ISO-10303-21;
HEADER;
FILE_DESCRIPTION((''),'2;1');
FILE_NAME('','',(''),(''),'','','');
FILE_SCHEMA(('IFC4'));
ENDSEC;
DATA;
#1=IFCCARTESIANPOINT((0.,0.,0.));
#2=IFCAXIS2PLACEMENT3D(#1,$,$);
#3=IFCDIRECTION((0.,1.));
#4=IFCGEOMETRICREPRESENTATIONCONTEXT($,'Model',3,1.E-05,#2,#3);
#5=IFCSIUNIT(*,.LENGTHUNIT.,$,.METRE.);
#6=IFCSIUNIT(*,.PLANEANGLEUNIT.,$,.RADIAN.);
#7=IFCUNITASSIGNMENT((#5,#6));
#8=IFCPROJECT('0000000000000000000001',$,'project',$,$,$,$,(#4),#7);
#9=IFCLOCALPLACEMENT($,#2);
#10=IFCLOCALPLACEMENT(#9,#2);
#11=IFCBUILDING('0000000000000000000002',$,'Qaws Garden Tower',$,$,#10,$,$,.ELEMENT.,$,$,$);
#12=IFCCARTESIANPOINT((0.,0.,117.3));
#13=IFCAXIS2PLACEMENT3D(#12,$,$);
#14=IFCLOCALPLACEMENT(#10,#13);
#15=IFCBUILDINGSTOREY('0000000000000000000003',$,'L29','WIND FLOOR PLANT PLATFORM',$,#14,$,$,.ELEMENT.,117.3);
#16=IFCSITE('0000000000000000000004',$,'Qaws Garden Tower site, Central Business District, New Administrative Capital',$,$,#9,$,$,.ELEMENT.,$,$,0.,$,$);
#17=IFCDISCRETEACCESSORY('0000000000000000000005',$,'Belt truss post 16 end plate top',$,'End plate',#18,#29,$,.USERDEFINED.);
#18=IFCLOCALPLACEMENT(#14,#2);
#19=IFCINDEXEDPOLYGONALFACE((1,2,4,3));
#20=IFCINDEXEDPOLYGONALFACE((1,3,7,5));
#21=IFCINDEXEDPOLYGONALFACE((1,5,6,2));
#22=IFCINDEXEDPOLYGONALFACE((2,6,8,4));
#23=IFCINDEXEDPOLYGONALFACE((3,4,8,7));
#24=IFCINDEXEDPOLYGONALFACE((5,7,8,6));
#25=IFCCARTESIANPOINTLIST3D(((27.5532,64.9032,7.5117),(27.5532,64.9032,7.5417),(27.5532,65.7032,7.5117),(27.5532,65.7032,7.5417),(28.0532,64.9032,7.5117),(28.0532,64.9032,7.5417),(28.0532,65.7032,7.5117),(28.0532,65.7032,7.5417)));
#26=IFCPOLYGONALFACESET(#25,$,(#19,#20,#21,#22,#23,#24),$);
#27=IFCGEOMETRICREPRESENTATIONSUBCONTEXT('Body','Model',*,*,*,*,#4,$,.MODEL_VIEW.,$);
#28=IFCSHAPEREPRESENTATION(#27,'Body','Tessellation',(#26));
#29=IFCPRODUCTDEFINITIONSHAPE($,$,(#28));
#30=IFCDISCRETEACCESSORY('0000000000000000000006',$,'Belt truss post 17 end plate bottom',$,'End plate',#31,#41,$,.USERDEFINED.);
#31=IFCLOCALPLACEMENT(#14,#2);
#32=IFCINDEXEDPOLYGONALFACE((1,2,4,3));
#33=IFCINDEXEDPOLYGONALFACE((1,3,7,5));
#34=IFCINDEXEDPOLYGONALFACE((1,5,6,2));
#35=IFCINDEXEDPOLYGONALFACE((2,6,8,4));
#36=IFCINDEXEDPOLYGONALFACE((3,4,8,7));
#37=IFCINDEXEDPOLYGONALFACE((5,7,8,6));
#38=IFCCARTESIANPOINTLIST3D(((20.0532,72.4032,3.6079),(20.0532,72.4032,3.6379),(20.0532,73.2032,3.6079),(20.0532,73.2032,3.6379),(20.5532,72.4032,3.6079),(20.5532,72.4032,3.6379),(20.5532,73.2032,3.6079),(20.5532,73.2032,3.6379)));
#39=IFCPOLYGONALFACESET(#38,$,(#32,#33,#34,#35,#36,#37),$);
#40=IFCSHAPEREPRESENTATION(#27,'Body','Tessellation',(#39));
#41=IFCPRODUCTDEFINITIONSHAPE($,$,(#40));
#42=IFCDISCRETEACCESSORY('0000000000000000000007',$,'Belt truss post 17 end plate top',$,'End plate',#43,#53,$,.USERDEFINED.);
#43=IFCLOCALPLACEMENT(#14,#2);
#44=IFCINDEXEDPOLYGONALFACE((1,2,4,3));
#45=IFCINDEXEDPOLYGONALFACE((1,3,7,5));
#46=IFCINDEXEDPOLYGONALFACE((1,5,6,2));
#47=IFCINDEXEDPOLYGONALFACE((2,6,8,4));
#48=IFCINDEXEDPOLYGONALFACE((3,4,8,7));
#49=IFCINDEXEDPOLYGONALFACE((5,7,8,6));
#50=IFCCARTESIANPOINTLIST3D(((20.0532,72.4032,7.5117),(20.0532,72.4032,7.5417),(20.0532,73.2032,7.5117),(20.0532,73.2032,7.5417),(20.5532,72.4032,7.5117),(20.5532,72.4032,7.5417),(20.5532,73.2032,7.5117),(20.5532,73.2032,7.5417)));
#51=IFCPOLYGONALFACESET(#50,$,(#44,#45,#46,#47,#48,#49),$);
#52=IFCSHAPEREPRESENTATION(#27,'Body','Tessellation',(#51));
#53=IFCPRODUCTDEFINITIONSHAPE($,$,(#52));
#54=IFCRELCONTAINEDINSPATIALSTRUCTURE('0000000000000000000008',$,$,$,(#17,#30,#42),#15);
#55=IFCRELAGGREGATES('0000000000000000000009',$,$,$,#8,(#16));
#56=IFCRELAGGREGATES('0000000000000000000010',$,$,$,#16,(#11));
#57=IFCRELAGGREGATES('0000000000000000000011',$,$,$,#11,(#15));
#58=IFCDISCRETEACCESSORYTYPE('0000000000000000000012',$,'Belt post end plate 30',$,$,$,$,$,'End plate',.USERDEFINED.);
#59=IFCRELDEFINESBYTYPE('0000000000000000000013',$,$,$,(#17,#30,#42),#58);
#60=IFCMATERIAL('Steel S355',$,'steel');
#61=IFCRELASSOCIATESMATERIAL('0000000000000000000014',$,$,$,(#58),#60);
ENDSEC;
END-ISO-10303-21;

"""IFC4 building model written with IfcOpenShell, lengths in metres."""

from ifc_helpers import new_model, si_unit, direction, frame, origin, origin_2d, place, context, subcontext, project, spatial, rectangle, extrude, material, type_object, element, save


model = new_model("IFC4")

# Units and contexts
model_context = context("Model", 3, precision=1e-05, world=origin(), true_north=direction((0.0, 1.0)))
body_context = subcontext(model_context, "Body", "Model", "MODEL_VIEW")
ifc_project = project(units=[si_unit("LENGTHUNIT", "METRE"), si_unit("PLANEANGLEUNIT", "RADIAN")], contexts=[model_context])

# Site, building, storey
site_placement = place(None, origin())
site = spatial("IfcSite", under=ifc_project, at=site_placement, Name="Qaws Garden Tower site, Central Business District, New Administrative Capital", CompositionType="ELEMENT", RefElevation=0.0)
building_placement = place(site_placement, origin())
building = spatial("IfcBuilding", under=site, at=building_placement, Name="Qaws Garden Tower", CompositionType="ELEMENT")
storey_placement = place(building_placement, frame((0.0, 0.0, 117.3)))
storey = spatial("IfcBuildingStorey", under=building, at=storey_placement, Name="L29", Description="WIND FLOOR PLANT PLATFORM", CompositionType="ELEMENT", Elevation=117.3)

# Shared definitions
placement_1 = place(storey_placement, frame((20.3032, 72.8032, 3.6079), z_axis=(0.0, 0.0, 1.0), x_axis=(1.0, 0.0, 0.0)))

# Discrete accessories
ifc_material_1 = material(Name="Steel S355", Category="steel")
discrete_accessory_type = type_object("IfcDiscreteAccessoryType", Name="Belt post end plate 30", ElementType="End plate", PredefinedType="USERDEFINED", material=ifc_material_1)
discrete_accessory_1_placement = place(storey_placement, frame((27.8032, 65.3032, 7.5117), z_axis=(0.0, 0.0, 1.0), x_axis=(1.0, 0.0, 0.0)))
element("IfcDiscreteAccessory", 1, at=discrete_accessory_1_placement, inside=storey, type_object=discrete_accessory_type, Name="Belt truss post 16 end plate top", ObjectType="End plate", PredefinedType="USERDEFINED", context=body_context, shape_type="SweptSolid", body=[
    extrude(rectangle(XDim=0.5, YDim=0.8, at=origin_2d()), origin(), (0.0, 0.0, 1.0), 0.03),
])
element("IfcDiscreteAccessory", 2, at=placement_1, inside=storey, type_object=discrete_accessory_type, Name="Belt truss post 17 end plate bottom", ObjectType="End plate", PredefinedType="USERDEFINED", context=body_context, shape_type="SweptSolid", body=[
    extrude(rectangle(XDim=0.5, YDim=0.8, at=origin_2d()), origin(), (0.0, 0.0, 1.0), 0.03),
])
discrete_accessory_2_placement = place(storey_placement, frame((20.3032, 72.8032, 7.5117), z_axis=(0.0, 0.0, 1.0), x_axis=(1.0, 0.0, 0.0)))
element("IfcDiscreteAccessory", 3, at=discrete_accessory_2_placement, inside=storey, type_object=discrete_accessory_type, Name="Belt truss post 17 end plate top", ObjectType="End plate", PredefinedType="USERDEFINED", context=body_context, shape_type="SweptSolid", body=[
    extrude(rectangle(XDim=0.5, YDim=0.8, at=origin_2d()), origin(), (0.0, 0.0, 1.0), 0.03),
])

save(model, "model.ifc")
